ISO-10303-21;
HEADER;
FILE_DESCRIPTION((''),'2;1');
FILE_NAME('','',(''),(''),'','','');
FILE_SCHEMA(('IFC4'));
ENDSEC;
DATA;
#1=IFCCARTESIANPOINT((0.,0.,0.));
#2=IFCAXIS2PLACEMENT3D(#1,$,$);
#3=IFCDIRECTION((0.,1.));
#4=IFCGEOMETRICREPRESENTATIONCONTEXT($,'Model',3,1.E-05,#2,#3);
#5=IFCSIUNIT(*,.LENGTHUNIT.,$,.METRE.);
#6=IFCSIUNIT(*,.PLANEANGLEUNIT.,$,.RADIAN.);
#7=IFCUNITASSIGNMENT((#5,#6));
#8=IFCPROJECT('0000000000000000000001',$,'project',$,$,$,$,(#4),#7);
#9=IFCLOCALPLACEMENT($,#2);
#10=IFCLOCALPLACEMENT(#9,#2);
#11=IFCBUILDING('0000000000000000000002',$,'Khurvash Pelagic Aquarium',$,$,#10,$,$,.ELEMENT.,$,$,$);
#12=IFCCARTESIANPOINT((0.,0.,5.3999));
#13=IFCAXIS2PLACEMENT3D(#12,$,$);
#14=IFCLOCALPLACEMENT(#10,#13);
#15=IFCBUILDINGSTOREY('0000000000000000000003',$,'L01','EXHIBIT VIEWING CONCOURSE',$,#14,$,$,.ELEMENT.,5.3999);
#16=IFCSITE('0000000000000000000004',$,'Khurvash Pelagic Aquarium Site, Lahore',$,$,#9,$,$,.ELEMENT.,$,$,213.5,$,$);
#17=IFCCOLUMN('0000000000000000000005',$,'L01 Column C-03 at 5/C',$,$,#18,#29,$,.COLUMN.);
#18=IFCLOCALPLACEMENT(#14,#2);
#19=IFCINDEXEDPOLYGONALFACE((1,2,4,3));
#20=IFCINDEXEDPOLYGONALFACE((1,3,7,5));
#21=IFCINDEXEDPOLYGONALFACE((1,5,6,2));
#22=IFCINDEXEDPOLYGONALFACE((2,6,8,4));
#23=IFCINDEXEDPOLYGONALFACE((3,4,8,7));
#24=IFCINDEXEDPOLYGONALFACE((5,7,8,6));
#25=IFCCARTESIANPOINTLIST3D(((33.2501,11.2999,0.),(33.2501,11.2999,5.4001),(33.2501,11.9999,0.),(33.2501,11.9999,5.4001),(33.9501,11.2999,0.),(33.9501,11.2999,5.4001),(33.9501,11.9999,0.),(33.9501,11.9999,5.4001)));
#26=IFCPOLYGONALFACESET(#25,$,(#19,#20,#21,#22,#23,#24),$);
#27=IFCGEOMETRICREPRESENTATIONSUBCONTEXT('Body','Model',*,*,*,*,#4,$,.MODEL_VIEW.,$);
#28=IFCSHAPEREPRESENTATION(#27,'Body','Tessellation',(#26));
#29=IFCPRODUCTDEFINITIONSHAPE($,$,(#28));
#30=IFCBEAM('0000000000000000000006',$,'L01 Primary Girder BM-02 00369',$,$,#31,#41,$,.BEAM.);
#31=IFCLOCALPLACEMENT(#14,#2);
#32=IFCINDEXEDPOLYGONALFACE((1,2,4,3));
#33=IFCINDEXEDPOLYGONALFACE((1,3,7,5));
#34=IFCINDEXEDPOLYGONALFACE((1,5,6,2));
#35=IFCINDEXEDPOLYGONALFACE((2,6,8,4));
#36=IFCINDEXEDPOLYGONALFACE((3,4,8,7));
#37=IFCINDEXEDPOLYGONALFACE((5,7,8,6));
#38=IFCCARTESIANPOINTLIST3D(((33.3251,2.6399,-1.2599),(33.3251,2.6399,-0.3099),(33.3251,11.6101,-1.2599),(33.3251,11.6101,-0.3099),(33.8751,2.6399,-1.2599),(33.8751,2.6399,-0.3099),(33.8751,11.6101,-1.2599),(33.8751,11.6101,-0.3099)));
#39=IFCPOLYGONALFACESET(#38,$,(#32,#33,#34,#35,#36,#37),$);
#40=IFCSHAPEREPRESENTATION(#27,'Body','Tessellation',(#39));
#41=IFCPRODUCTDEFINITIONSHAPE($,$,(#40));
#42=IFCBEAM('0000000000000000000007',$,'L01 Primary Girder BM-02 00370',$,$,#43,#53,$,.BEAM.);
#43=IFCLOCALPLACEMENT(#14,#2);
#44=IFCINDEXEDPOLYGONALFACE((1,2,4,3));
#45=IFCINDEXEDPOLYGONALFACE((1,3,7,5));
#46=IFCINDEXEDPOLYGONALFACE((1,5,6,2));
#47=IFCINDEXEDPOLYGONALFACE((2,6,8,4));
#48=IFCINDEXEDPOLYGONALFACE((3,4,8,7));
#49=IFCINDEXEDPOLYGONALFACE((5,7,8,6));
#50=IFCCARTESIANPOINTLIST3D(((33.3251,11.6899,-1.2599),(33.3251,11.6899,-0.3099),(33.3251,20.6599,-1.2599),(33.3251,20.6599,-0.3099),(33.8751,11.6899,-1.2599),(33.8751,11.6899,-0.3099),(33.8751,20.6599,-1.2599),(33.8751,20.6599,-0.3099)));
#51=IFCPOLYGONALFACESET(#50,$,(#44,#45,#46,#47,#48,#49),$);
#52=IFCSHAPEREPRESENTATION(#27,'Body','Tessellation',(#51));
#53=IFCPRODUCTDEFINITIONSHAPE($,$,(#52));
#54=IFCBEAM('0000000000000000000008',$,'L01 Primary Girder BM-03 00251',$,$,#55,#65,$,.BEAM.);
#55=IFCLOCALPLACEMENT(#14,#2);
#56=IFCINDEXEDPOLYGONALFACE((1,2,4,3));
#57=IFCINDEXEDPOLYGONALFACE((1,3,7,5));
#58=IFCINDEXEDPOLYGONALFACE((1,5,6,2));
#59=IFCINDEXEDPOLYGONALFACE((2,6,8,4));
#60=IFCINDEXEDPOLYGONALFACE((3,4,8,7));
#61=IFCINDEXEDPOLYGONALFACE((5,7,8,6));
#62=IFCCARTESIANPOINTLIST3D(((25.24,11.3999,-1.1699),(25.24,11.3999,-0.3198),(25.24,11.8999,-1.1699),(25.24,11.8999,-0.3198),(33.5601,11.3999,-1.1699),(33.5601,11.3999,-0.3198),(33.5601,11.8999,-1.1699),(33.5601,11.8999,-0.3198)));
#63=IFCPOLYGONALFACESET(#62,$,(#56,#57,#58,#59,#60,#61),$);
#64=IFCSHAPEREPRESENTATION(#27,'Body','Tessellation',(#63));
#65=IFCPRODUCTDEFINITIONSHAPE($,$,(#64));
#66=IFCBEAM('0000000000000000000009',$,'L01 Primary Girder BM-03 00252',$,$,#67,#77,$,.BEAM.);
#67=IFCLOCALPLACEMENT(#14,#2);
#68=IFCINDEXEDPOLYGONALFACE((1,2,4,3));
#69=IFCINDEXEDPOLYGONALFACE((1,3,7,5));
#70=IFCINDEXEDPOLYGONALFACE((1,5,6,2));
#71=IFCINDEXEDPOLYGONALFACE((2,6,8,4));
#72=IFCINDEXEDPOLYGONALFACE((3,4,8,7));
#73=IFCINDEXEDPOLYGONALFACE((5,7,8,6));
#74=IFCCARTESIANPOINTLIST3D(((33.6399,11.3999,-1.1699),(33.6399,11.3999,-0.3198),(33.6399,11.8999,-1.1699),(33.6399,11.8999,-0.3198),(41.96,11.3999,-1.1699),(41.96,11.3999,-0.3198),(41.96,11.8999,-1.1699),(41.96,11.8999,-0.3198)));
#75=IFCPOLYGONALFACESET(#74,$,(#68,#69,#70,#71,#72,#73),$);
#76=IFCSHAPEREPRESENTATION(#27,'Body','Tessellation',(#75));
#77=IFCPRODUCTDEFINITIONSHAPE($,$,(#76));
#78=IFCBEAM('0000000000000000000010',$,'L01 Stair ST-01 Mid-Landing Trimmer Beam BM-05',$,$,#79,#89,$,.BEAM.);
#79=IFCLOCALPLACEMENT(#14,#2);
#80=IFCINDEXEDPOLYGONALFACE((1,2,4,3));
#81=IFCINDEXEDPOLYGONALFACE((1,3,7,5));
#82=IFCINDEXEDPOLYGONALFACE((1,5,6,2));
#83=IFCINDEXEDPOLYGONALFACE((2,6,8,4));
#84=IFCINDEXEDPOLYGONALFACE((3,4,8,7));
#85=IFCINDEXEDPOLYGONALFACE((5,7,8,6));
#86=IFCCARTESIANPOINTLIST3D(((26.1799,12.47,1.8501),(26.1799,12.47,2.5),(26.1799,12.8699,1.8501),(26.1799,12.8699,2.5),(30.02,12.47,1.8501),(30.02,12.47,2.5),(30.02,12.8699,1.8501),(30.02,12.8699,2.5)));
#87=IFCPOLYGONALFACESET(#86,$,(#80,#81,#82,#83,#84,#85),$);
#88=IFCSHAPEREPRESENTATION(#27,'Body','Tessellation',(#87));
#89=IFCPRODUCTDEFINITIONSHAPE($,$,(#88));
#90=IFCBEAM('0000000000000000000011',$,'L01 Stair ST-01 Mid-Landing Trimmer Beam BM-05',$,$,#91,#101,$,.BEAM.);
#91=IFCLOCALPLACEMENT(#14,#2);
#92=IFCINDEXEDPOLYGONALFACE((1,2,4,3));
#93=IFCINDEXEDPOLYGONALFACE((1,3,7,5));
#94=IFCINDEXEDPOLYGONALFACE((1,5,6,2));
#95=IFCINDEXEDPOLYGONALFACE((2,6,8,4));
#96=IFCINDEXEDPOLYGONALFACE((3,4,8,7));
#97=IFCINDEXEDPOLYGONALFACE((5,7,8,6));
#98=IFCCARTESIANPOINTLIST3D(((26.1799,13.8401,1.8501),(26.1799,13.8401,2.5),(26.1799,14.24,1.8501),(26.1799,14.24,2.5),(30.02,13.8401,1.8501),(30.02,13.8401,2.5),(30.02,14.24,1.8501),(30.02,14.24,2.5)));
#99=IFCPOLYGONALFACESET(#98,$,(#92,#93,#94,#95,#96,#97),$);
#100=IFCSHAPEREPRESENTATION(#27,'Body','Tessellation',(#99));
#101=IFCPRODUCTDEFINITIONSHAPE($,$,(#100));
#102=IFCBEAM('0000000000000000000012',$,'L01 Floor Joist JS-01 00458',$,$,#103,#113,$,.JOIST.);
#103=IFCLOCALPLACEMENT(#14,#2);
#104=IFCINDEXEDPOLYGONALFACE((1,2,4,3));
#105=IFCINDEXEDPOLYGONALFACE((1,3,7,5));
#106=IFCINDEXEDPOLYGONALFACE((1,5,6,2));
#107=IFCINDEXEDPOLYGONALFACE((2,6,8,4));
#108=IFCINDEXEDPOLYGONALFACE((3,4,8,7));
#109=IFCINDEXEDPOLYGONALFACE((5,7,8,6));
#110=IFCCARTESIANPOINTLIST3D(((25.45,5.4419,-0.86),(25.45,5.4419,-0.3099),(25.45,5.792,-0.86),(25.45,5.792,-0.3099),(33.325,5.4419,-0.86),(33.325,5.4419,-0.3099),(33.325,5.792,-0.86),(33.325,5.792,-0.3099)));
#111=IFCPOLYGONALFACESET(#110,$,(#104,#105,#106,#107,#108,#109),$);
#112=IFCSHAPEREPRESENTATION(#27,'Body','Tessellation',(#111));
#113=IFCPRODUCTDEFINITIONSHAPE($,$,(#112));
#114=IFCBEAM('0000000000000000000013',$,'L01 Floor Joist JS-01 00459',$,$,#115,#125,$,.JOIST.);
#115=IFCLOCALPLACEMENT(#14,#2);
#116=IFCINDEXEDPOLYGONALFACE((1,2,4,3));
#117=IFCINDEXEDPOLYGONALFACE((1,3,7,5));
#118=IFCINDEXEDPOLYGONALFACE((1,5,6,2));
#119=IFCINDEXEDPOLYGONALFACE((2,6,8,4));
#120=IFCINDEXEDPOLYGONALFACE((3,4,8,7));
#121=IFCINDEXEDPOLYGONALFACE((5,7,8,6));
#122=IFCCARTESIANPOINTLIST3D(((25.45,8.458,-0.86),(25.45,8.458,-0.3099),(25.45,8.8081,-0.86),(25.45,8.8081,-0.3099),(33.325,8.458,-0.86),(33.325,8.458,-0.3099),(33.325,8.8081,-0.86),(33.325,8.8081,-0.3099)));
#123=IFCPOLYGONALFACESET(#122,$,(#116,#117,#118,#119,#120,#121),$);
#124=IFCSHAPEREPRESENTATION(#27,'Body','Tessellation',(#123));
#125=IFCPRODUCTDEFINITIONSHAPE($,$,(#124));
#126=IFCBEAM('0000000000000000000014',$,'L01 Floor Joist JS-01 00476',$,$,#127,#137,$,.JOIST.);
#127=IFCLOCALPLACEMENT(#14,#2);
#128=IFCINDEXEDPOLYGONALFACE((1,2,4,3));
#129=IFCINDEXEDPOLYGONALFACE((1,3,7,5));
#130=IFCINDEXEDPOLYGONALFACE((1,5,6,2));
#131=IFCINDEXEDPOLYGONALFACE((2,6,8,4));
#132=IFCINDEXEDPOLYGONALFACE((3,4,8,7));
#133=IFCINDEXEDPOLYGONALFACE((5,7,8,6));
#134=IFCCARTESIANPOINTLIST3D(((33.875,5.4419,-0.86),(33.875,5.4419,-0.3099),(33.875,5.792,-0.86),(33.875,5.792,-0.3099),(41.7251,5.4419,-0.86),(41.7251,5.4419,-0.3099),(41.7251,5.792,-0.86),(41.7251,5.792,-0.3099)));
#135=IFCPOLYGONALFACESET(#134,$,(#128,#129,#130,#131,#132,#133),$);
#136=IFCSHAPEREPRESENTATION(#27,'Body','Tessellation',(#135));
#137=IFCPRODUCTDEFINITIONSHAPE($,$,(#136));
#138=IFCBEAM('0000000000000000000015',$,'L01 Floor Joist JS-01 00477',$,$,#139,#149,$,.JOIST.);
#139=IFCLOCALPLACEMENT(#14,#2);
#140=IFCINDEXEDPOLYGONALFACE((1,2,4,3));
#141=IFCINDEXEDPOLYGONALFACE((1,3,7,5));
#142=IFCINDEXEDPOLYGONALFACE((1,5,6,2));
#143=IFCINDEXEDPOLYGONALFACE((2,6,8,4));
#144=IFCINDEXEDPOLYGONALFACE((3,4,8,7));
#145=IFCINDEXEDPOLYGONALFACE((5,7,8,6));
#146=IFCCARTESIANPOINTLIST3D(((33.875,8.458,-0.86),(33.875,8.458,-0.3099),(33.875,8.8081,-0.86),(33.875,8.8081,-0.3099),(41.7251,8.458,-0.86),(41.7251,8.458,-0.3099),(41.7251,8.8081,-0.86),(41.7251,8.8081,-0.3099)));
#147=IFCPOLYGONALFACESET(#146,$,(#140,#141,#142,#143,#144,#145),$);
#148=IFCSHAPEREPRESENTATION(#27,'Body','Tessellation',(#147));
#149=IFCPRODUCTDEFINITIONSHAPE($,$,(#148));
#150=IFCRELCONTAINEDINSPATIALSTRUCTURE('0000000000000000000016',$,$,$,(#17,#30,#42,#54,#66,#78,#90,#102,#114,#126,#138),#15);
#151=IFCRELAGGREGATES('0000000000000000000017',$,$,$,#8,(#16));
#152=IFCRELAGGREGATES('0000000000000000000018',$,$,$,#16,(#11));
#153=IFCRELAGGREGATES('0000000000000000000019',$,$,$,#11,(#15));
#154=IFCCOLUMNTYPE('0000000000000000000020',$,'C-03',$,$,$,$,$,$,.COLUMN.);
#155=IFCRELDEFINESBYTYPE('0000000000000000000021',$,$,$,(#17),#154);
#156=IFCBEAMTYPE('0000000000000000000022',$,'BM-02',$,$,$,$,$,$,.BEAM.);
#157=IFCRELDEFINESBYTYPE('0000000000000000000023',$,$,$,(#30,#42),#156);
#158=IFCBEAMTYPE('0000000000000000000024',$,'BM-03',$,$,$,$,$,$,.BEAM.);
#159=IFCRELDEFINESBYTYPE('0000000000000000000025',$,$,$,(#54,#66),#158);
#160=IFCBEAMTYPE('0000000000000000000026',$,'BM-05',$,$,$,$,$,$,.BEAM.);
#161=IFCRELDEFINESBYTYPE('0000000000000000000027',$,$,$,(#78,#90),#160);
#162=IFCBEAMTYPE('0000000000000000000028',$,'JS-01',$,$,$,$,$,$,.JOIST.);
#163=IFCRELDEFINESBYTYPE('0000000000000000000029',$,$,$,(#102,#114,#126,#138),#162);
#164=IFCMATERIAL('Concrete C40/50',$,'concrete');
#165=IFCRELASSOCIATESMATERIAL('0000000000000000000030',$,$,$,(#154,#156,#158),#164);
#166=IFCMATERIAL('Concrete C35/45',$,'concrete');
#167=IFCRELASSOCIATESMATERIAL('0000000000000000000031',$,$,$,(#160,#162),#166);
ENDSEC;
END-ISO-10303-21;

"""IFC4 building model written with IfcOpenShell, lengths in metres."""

from ifc_helpers import new_model, si_unit, direction, frame, origin, origin_2d, place, context, subcontext, project, spatial, rectangle, extrude, material, material_profile, profile_set, type_object, element, save


model = new_model("IFC4")

# Units and contexts
model_context = context("Model", 3, precision=1e-05, world=origin(), true_north=direction((0.0, 1.0)))
body_context = subcontext(model_context, "Body", "Model", "MODEL_VIEW")
ifc_project = project(units=[si_unit("LENGTHUNIT", "METRE"), si_unit("PLANEANGLEUNIT", "RADIAN")], contexts=[model_context])

# Site, building, storey
site_placement = place(None, origin())
site = spatial("IfcSite", under=ifc_project, at=site_placement, Name="Khurvash Pelagic Aquarium Site, Lahore", CompositionType="ELEMENT", RefElevation=213.5)
building_placement = place(site_placement, origin())
building = spatial("IfcBuilding", under=site, at=building_placement, Name="Khurvash Pelagic Aquarium", CompositionType="ELEMENT")
storey_placement = place(building_placement, frame((0.0, 0.0, 5.3999)))
storey = spatial("IfcBuildingStorey", under=building, at=storey_placement, Name="L01", Description="EXHIBIT VIEWING CONCOURSE", CompositionType="ELEMENT", Elevation=5.3999)

# Column
ifc_material_1 = material(Name="Concrete C40/50", Category="concrete")
ifc_material_profile_1 = material_profile(ifc_material_1, rectangle(XDim=0.7, YDim=0.7, at=origin_2d()), Name="RC700X700")
ifc_profile_set_1 = profile_set([ifc_material_profile_1], Name="Concrete C40/50")
column_type = type_object("IfcColumnType", Name="C-03", PredefinedType="COLUMN", material=ifc_profile_set_1)
column_placement = place(storey_placement, frame((33.6001, 11.6499, 0.0), z_axis=(0.0, 0.0, 1.0), x_axis=(1.0, 0.0, 0.0)))
element("IfcColumn", 1, at=column_placement, inside=storey, type_object=column_type, Name="L01 Column C-03 at 5/C", PredefinedType="COLUMN", context=body_context, shape_type="SweptSolid", body=[
    extrude(rectangle(XDim=0.7, YDim=0.7, at=origin_2d()), origin(), (0.0, 0.0, 1.0), 5.4001),
])

# Beams
ifc_material_profile_2 = material_profile(ifc_material_1, rectangle(XDim=0.55, YDim=0.95, at=origin_2d()), Name="RC550X950")
ifc_profile_set_2 = profile_set([ifc_material_profile_2], Name="Concrete C40/50")
beam_type_1 = type_object("IfcBeamType", Name="BM-02", PredefinedType="BEAM", material=ifc_profile_set_2)
beam_1_placement = place(storey_placement, frame((33.6001, 2.6399, -0.7849), z_axis=(0.0, 1.0, 0.0), x_axis=(-1.0, 0.0, 0.0)))
element("IfcBeam", 2, at=beam_1_placement, inside=storey, type_object=beam_type_1, Name="L01 Primary Girder BM-02 00369", PredefinedType="BEAM", context=body_context, shape_type="SweptSolid", body=[
    extrude(rectangle(XDim=0.55, YDim=0.95, at=origin_2d()), origin(), (0.0, 0.0, 1.0), 8.9702),
])
beam_2_placement = place(storey_placement, frame((33.6001, 11.6899, -0.7849), z_axis=(0.0, 1.0, 0.0), x_axis=(-1.0, 0.0, 0.0)))
element("IfcBeam", 3, at=beam_2_placement, inside=storey, type_object=beam_type_1, Name="L01 Primary Girder BM-02 00370", PredefinedType="BEAM", context=body_context, shape_type="SweptSolid", body=[
    extrude(rectangle(XDim=0.55, YDim=0.95, at=origin_2d()), origin(), (0.0, 0.0, 1.0), 8.97),
])
ifc_material_profile_3 = material_profile(ifc_material_1, rectangle(XDim=0.5, YDim=0.8501, at=origin_2d()), Name="RC500X850")
ifc_profile_set_3 = profile_set([ifc_material_profile_3], Name="Concrete C40/50")
beam_type_2 = type_object("IfcBeamType", Name="BM-03", PredefinedType="BEAM", material=ifc_profile_set_3)
for number, where, z_axis, x_axis, name in (
    (4, (25.24, 11.6499, -0.7449), (1.0, 0.0, 0.0), (0.0, 1.0, 0.0), "L01 Primary Girder BM-03 00251"),
    (5, (33.6399, 11.6499, -0.7449), (1.0, 0.0, 0.0), (0.0, 1.0, 0.0), "L01 Primary Girder BM-03 00252"),
):
    element("IfcBeam", number, at=place(storey_placement, frame(where, z_axis=z_axis, x_axis=x_axis)), inside=storey, type_object=beam_type_2, Name=name, PredefinedType="BEAM", context=body_context, shape_type="SweptSolid", body=[
        extrude(rectangle(XDim=0.5, YDim=0.8501, at=origin_2d()), origin(), (0.0, 0.0, 1.0), 8.3201),
    ])
ifc_material_2 = material(Name="Concrete C35/45", Category="concrete")
ifc_material_profile_4 = material_profile(ifc_material_2, rectangle(XDim=0.3999, YDim=0.6499, at=origin_2d()), Name="RC400X650")
ifc_profile_set_4 = profile_set([ifc_material_profile_4], Name="Concrete C35/45")
beam_type_3 = type_object("IfcBeamType", Name="BM-05", PredefinedType="BEAM", material=ifc_profile_set_4)
for number, where, z_axis, x_axis, name in (
    (6, (26.1799, 12.6699, 2.175), (1.0, 0.0, 0.0), (0.0, 1.0, 0.0), "L01 Stair ST-01 Mid-Landing Trimmer Beam BM-05"),
    (7, (26.1799, 14.04, 2.175), (1.0, 0.0, 0.0), (0.0, 1.0, 0.0), "L01 Stair ST-01 Mid-Landing Trimmer Beam BM-05"),
):
    element("IfcBeam", number, at=place(storey_placement, frame(where, z_axis=z_axis, x_axis=x_axis)), inside=storey, type_object=beam_type_3, Name=name, PredefinedType="BEAM", context=body_context, shape_type="SweptSolid", body=[
        extrude(rectangle(XDim=0.3999, YDim=0.6499, at=origin_2d()), origin(), (0.0, 0.0, 1.0), 3.8401),
    ])
ifc_material_profile_5 = material_profile(ifc_material_2, rectangle(XDim=0.3501, YDim=0.55, at=origin_2d()), Name="RC350X550")
ifc_profile_set_5 = profile_set([ifc_material_profile_5], Name="Concrete C35/45")
beam_type_4 = type_object("IfcBeamType", Name="JS-01", PredefinedType="JOIST", material=ifc_profile_set_5)
for number, where, z_axis, x_axis, name in (
    (8, (25.45, 5.6169, -0.585), (1.0, 0.0, 0.0), (0.0, 1.0, 0.0), "L01 Floor Joist JS-01 00458"),
    (9, (25.45, 8.6331, -0.585), (1.0, 0.0, 0.0), (0.0, 1.0, 0.0), "L01 Floor Joist JS-01 00459"),
):
    element("IfcBeam", number, at=place(storey_placement, frame(where, z_axis=z_axis, x_axis=x_axis)), inside=storey, type_object=beam_type_4, Name=name, PredefinedType="JOIST", context=body_context, shape_type="SweptSolid", body=[
        extrude(rectangle(XDim=0.3501, YDim=0.55, at=origin_2d()), origin(), (0.0, 0.0, 1.0), 7.875),
    ])
for number, where, z_axis, x_axis, name in (
    (10, (33.875, 5.6169, -0.585), (1.0, 0.0, 0.0), (0.0, 1.0, 0.0), "L01 Floor Joist JS-01 00476"),
    (11, (33.875, 8.6331, -0.585), (1.0, 0.0, 0.0), (0.0, 1.0, 0.0), "L01 Floor Joist JS-01 00477"),
):
    element("IfcBeam", number, at=place(storey_placement, frame(where, z_axis=z_axis, x_axis=x_axis)), inside=storey, type_object=beam_type_4, Name=name, PredefinedType="JOIST", context=body_context, shape_type="SweptSolid", body=[
        extrude(rectangle(XDim=0.3501, YDim=0.55, at=origin_2d()), origin(), (0.0, 0.0, 1.0), 7.8501),
    ])

save(model, "model.ifc")
